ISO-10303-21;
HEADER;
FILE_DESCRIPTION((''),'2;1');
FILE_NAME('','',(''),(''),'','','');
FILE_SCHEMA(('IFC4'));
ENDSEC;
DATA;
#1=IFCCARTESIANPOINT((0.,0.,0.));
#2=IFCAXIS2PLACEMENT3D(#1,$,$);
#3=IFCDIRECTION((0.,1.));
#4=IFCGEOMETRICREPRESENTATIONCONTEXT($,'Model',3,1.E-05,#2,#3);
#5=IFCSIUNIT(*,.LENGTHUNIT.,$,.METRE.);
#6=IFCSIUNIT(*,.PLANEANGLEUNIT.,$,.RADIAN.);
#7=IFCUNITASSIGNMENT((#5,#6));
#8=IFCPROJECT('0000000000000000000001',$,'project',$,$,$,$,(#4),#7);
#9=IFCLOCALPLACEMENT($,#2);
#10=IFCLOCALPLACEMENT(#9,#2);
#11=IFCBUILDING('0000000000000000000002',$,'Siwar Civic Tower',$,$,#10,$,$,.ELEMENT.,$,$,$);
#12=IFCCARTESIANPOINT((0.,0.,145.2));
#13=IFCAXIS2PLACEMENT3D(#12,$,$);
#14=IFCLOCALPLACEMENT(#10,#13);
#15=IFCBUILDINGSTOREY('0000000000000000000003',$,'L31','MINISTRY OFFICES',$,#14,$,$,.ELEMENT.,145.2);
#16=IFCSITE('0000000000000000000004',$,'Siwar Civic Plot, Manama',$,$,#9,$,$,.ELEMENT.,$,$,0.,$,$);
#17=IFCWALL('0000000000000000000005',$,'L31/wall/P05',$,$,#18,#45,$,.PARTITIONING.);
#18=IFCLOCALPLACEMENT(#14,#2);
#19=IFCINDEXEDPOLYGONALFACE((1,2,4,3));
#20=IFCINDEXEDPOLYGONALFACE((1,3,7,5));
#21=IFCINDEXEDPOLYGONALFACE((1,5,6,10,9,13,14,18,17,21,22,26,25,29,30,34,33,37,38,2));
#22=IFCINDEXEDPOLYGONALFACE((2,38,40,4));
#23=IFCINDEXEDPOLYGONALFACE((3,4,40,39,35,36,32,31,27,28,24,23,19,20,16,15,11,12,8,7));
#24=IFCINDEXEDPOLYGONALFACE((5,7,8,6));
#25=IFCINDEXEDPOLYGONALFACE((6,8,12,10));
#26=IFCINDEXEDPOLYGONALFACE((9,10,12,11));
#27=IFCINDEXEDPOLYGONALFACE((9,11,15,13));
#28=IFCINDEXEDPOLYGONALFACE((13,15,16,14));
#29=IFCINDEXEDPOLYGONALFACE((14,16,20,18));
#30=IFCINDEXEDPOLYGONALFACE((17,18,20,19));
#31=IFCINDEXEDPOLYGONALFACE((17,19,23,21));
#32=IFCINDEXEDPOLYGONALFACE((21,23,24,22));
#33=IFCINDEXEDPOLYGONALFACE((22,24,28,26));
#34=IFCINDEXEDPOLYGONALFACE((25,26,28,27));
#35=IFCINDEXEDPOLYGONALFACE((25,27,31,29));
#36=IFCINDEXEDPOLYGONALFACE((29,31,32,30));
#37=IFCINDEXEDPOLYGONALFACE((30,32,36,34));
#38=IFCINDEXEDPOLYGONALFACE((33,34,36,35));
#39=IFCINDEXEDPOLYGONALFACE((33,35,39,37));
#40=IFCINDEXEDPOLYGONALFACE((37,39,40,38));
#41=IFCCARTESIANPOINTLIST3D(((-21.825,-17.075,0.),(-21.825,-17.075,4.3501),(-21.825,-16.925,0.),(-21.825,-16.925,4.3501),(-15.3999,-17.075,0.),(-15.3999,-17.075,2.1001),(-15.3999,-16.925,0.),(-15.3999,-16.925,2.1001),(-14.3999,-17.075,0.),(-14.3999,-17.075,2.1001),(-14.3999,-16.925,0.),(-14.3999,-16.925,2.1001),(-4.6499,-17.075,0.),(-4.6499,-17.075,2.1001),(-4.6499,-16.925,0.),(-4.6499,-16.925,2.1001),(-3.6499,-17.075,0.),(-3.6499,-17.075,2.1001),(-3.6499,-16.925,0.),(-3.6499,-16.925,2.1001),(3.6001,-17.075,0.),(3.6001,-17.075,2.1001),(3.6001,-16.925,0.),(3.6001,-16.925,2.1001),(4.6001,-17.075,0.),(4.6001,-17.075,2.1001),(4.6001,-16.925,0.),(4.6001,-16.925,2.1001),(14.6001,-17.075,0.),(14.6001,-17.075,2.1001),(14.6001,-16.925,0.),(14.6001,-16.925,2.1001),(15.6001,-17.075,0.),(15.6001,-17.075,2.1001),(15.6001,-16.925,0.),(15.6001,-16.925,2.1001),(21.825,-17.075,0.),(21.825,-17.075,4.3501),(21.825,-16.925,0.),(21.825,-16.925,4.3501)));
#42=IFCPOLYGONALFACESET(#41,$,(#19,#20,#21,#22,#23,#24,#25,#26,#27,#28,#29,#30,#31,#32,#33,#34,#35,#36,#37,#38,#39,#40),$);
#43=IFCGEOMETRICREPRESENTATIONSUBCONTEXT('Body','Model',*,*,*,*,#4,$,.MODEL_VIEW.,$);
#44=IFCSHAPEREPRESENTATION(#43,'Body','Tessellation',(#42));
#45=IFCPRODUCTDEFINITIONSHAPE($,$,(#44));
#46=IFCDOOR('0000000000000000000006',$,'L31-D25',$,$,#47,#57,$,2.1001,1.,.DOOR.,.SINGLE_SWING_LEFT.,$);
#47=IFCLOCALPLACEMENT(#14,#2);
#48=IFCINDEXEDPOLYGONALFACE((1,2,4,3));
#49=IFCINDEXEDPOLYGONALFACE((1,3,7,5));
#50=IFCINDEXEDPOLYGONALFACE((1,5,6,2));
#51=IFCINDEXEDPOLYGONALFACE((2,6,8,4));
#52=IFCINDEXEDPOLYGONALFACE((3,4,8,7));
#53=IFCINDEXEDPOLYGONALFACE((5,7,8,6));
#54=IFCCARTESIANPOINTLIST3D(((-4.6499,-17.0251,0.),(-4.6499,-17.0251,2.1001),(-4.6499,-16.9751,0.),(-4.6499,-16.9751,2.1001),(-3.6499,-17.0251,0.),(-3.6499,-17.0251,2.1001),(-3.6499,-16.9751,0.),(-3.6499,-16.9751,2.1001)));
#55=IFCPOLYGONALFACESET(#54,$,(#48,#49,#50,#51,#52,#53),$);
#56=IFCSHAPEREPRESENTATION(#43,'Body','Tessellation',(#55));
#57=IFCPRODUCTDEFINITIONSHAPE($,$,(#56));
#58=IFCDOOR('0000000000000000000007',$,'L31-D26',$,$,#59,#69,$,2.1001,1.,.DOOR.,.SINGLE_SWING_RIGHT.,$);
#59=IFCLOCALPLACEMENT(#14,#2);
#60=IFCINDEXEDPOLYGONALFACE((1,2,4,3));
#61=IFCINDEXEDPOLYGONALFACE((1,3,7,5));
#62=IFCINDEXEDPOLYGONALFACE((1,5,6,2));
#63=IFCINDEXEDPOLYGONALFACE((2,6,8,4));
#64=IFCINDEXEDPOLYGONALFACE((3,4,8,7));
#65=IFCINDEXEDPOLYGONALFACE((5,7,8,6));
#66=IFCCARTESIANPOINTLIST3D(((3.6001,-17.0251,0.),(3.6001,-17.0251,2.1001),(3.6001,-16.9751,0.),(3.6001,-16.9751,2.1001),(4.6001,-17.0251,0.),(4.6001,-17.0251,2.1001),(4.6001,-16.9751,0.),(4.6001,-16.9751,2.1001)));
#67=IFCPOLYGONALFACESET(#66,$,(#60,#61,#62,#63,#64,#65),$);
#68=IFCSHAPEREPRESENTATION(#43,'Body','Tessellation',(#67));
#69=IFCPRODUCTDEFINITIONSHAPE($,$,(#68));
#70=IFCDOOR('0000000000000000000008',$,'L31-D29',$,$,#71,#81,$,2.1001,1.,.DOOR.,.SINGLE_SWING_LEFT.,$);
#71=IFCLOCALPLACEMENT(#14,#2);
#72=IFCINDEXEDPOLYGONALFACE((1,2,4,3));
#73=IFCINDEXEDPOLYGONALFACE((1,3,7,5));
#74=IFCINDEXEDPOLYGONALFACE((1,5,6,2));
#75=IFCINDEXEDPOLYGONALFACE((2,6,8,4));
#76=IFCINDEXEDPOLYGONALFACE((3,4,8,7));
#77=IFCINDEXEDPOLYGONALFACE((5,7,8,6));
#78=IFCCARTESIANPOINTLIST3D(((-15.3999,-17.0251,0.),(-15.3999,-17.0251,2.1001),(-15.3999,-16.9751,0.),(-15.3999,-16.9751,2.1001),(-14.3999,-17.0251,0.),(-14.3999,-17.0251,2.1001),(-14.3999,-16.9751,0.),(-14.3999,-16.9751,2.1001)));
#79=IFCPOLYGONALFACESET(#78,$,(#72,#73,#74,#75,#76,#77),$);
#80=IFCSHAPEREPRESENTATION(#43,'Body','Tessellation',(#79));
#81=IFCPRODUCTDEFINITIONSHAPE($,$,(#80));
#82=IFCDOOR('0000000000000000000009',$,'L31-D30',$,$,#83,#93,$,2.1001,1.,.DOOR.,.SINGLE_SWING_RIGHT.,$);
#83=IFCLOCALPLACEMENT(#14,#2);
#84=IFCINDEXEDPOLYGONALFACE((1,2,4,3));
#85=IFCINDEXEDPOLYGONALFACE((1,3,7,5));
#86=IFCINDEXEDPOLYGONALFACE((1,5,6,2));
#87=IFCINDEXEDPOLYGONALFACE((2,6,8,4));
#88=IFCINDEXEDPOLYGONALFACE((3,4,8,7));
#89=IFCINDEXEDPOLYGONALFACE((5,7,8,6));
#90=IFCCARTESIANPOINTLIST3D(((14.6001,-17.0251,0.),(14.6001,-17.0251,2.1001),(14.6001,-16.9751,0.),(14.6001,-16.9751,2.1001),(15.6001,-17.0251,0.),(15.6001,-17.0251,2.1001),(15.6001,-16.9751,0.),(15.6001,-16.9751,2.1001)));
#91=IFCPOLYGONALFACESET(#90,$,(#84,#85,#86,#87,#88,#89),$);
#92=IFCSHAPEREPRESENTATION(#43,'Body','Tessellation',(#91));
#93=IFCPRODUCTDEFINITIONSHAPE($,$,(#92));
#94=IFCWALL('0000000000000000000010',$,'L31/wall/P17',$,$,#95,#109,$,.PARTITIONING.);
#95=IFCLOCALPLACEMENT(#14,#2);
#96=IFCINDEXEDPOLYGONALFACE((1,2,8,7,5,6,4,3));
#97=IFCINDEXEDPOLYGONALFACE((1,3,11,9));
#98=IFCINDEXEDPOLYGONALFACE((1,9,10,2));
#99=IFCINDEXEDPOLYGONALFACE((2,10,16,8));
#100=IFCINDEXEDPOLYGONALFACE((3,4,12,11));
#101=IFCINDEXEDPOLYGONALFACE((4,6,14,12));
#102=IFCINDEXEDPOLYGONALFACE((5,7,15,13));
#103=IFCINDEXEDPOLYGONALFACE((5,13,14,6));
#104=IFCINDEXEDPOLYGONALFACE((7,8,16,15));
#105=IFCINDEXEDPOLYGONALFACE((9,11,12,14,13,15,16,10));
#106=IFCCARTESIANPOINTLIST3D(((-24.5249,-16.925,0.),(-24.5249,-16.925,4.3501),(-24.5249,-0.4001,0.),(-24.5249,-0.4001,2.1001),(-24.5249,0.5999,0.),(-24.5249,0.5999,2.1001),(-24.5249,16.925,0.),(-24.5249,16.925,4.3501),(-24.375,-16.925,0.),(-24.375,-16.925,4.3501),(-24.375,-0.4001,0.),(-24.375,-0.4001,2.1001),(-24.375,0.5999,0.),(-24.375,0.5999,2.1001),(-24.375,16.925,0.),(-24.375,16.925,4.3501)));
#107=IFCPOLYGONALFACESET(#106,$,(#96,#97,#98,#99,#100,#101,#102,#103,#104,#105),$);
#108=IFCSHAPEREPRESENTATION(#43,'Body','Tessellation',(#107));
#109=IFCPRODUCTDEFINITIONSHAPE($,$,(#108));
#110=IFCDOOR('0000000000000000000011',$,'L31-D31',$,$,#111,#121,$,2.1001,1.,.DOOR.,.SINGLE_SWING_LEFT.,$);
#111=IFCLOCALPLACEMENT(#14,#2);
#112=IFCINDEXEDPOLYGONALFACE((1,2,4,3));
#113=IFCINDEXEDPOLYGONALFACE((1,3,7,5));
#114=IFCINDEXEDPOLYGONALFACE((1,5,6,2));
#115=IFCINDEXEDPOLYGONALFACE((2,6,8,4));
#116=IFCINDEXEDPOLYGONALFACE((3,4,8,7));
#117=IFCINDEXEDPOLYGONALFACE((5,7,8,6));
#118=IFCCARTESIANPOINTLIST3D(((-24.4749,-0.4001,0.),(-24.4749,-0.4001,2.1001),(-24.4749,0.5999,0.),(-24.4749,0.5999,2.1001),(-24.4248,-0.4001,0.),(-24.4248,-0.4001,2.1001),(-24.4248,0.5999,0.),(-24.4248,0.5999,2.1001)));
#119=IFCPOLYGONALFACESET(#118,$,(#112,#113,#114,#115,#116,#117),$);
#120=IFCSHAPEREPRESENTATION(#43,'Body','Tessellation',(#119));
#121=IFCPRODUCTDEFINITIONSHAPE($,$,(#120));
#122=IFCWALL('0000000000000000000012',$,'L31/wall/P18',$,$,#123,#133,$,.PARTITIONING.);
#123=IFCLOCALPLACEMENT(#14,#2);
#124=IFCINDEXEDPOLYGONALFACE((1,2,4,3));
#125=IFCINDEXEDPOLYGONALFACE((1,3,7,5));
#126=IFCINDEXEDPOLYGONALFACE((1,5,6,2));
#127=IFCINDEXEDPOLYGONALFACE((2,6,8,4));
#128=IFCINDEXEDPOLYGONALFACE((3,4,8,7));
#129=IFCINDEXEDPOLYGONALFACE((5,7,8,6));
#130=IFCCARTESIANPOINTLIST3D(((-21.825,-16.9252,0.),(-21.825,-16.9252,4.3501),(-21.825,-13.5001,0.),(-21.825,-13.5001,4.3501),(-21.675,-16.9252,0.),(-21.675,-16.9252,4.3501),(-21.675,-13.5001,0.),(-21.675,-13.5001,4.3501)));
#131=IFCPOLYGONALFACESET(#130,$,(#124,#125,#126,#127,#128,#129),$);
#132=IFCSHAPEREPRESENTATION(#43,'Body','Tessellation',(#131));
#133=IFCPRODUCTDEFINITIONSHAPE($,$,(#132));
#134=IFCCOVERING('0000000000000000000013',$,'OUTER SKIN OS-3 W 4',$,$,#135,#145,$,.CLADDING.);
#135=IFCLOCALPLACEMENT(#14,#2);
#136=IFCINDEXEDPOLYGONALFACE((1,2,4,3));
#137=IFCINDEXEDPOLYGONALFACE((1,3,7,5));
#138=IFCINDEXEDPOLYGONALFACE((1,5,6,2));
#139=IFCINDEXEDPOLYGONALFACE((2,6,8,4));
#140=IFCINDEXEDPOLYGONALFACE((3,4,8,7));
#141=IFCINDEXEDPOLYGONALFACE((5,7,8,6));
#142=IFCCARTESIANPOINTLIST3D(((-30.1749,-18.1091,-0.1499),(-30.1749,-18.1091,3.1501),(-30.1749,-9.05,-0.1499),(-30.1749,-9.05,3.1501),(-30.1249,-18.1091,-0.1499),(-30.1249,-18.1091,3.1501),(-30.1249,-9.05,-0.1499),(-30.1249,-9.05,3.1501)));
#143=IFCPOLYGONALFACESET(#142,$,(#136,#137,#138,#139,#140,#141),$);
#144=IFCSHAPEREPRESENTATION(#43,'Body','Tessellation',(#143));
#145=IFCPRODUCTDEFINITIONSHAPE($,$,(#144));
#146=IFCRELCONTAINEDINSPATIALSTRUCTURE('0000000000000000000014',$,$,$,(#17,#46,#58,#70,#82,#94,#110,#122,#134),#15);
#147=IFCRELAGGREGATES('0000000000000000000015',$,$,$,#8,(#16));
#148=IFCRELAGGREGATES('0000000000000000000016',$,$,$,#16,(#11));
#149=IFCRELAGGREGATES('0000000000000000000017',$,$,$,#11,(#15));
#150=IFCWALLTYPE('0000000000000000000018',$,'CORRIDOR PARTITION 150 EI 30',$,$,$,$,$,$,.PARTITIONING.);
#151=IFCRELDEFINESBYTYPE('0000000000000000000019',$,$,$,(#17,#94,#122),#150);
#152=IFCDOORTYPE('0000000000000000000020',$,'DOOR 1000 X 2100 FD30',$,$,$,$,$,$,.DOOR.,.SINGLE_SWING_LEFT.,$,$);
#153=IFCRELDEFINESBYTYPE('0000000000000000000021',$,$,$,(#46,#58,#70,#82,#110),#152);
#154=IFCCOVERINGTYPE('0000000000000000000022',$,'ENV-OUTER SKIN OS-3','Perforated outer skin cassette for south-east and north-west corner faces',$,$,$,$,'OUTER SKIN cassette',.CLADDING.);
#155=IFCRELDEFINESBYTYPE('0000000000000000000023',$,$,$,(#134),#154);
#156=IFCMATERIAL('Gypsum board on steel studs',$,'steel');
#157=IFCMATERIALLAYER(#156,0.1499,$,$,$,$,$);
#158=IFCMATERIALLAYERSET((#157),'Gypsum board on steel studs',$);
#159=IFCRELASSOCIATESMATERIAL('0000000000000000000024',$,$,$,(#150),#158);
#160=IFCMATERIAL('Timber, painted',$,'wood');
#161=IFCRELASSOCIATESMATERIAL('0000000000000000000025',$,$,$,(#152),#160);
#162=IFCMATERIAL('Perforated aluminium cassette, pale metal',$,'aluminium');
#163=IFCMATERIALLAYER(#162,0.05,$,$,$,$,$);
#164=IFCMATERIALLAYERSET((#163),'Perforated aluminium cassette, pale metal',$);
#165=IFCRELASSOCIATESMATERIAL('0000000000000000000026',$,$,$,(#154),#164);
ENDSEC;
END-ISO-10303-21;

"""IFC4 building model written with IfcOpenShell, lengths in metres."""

from ifc_helpers import new_model, si_unit, direction, frame, frame_2d, origin, origin_2d, place, context, subcontext, project, spatial, rectangle, extrude, material, layer, layer_set, type_object, element, fill, save


model = new_model("IFC4")

# Units and contexts
model_context = context("Model", 3, precision=1e-05, world=origin(), true_north=direction((0.0, 1.0)))
body_context = subcontext(model_context, "Body", "Model", "MODEL_VIEW")
ifc_project = project(units=[si_unit("LENGTHUNIT", "METRE"), si_unit("PLANEANGLEUNIT", "RADIAN")], contexts=[model_context])

# Site, building, storey
site_placement = place(None, origin())
site = spatial("IfcSite", under=ifc_project, at=site_placement, Name="Siwar Civic Plot, Manama", CompositionType="ELEMENT", RefElevation=0.0)
building_placement = place(site_placement, origin())
building = spatial("IfcBuilding", under=site, at=building_placement, Name="Siwar Civic Tower", CompositionType="ELEMENT")
storey_placement = place(building_placement, frame((0.0, 0.0, 145.2)))
storey = spatial("IfcBuildingStorey", under=building, at=storey_placement, Name="L31", Description="MINISTRY OFFICES", CompositionType="ELEMENT", Elevation=145.2)

# Shared definitions
ifc_material_1 = material(Name="Gypsum board on steel studs", Category="steel")
ifc_layer_1 = layer(ifc_material_1, 0.1499)
ifc_layer_set_1 = layer_set([ifc_layer_1], Name="Gypsum board on steel studs")
wall_type_1 = type_object("IfcWallType", Name="CORRIDOR PARTITION 150 EI 30", PredefinedType="PARTITIONING", material=ifc_layer_set_1)

# Wall, openings, doors
wall_1_placement = place(storey_placement, frame((-21.825, -17.0, 0.0), z_axis=(0.0, 0.0, 1.0), x_axis=(1.0, 0.0, 0.0)))
wall_1 = element("IfcWall", 1, at=wall_1_placement, inside=storey, type_object=wall_type_1, Name="L31/wall/P05", PredefinedType="PARTITIONING", context=body_context, shape_type="SweptSolid", body=[
    extrude(rectangle(XDim=43.6499, YDim=0.1499, at=frame_2d((21.825, 0.0))), origin(), (0.0, 0.0, 1.0), 4.3501),
])
opening_1_placement = place(wall_1_placement, frame((17.175, 0.0, 0.0)))
opening_1 = element("IfcOpeningElement", 2, at=opening_1_placement, cuts=wall_1, PredefinedType="OPENING", context=body_context, shape_type="SweptSolid", body=[
    extrude(rectangle(XDim=1.0, YDim=2.1001, at=frame_2d((0.5, 1.05))), frame((0.0, 0.085, 0.0), z_axis=(0.0, -1.0, 0.0), x_axis=(1.0, 0.0, 0.0)), (0.0, 0.0, 1.0), 0.1699),
])
opening_2_placement = place(wall_1_placement, frame((25.425, 0.0, 0.0)))
opening_2 = element("IfcOpeningElement", 3, at=opening_2_placement, cuts=wall_1, PredefinedType="OPENING", context=body_context, shape_type="SweptSolid", body=[
    extrude(rectangle(XDim=1.0, YDim=2.1001, at=frame_2d((0.5, 1.05))), frame((0.0, 0.085, 0.0), z_axis=(0.0, -1.0, 0.0), x_axis=(1.0, 0.0, 0.0)), (0.0, 0.0, 1.0), 0.1699),
])
opening_3_placement = place(wall_1_placement, frame((6.425, 0.0, 0.0)))
opening_3 = element("IfcOpeningElement", 4, at=opening_3_placement, cuts=wall_1, PredefinedType="OPENING", context=body_context, shape_type="SweptSolid", body=[
    extrude(rectangle(XDim=1.0, YDim=2.1001, at=frame_2d((0.5, 1.05))), frame((0.0, 0.085, 0.0), z_axis=(0.0, -1.0, 0.0), x_axis=(1.0, 0.0, 0.0)), (0.0, 0.0, 1.0), 0.1699),
])
opening_4_placement = place(wall_1_placement, frame((36.425, 0.0, 0.0)))
opening_4 = element("IfcOpeningElement", 5, at=opening_4_placement, cuts=wall_1, PredefinedType="OPENING", context=body_context, shape_type="SweptSolid", body=[
    extrude(rectangle(XDim=1.0, YDim=2.1001, at=frame_2d((0.5, 1.05))), frame((0.0, 0.085, 0.0), z_axis=(0.0, -1.0, 0.0), x_axis=(1.0, 0.0, 0.0)), (0.0, 0.0, 1.0), 0.1699),
])
ifc_material_2 = material(Name="Timber, painted", Category="wood")
door_type_1 = type_object("IfcDoorType", Name="DOOR 1000 X 2100 FD30", OperationType="SINGLE_SWING_LEFT", PredefinedType="DOOR", material=ifc_material_2)
door_1_placement = place(opening_1_placement, origin())
door_1 = element("IfcDoor", 6, at=door_1_placement, inside=storey, type_object=door_type_1, Name="L31-D25", OperationType="SINGLE_SWING_LEFT", OverallHeight=2.1001, OverallWidth=1.0, PredefinedType="DOOR", context=body_context, shape_type="SweptSolid", body=[
    extrude(rectangle(XDim=1.0, YDim=2.1001, at=frame_2d((0.5, 1.05))), frame((0.0, 0.0249, 0.0), z_axis=(0.0, -1.0, 0.0), x_axis=(1.0, 0.0, 0.0)), (0.0, 0.0, 1.0), 0.05),
])
fill(opening_1, door_1)
door_2_placement = place(opening_2_placement, origin())
door_2 = element("IfcDoor", 7, at=door_2_placement, inside=storey, type_object=door_type_1, Name="L31-D26", OperationType="SINGLE_SWING_RIGHT", OverallHeight=2.1001, OverallWidth=1.0, PredefinedType="DOOR", context=body_context, shape_type="SweptSolid", body=[
    extrude(rectangle(XDim=1.0, YDim=2.1001, at=frame_2d((0.5, 1.05))), frame((0.0, 0.0249, 0.0), z_axis=(0.0, -1.0, 0.0), x_axis=(1.0, 0.0, 0.0)), (0.0, 0.0, 1.0), 0.05),
])
fill(opening_2, door_2)
door_3_placement = place(opening_3_placement, origin())
door_3 = element("IfcDoor", 8, at=door_3_placement, inside=storey, type_object=door_type_1, Name="L31-D29", OperationType="SINGLE_SWING_LEFT", OverallHeight=2.1001, OverallWidth=1.0, PredefinedType="DOOR", context=body_context, shape_type="SweptSolid", body=[
    extrude(rectangle(XDim=1.0, YDim=2.1001, at=frame_2d((0.5, 1.05))), frame((0.0, 0.0249, 0.0), z_axis=(0.0, -1.0, 0.0), x_axis=(1.0, 0.0, 0.0)), (0.0, 0.0, 1.0), 0.05),
])
fill(opening_3, door_3)
door_4_placement = place(opening_4_placement, origin())
door_4 = element("IfcDoor", 9, at=door_4_placement, inside=storey, type_object=door_type_1, Name="L31-D30", OperationType="SINGLE_SWING_RIGHT", OverallHeight=2.1001, OverallWidth=1.0, PredefinedType="DOOR", context=body_context, shape_type="SweptSolid", body=[
    extrude(rectangle(XDim=1.0, YDim=2.1001, at=frame_2d((0.5, 1.05))), frame((0.0, 0.0249, 0.0), z_axis=(0.0, -1.0, 0.0), x_axis=(1.0, 0.0, 0.0)), (0.0, 0.0, 1.0), 0.05),
])
fill(opening_4, door_4)

# Wall, opening, door
wall_2_placement = place(storey_placement, frame((-24.45, -16.925, 0.0), z_axis=(0.0, 0.0, 1.0), x_axis=(0.0, 1.0, 0.0)))
wall_2 = element("IfcWall", 10, at=wall_2_placement, inside=storey, type_object=wall_type_1, Name="L31/wall/P17", PredefinedType="PARTITIONING", context=body_context, shape_type="SweptSolid", body=[
    extrude(rectangle(XDim=33.8501, YDim=0.1499, at=frame_2d((16.925, 0.0))), origin(), (0.0, 0.0, 1.0), 4.3501),
])
opening_5_placement = place(wall_2_placement, frame((16.5249, 0.0, 0.0)))
opening_5 = element("IfcOpeningElement", 11, at=opening_5_placement, cuts=wall_2, PredefinedType="OPENING", context=body_context, shape_type="SweptSolid", body=[
    extrude(rectangle(XDim=1.0, YDim=2.1001, at=frame_2d((0.5, 1.05))), frame((0.0, 0.085, 0.0), z_axis=(0.0, -1.0, 0.0), x_axis=(1.0, 0.0, 0.0)), (0.0, 0.0, 1.0), 0.1699),
])
door_5_placement = place(opening_5_placement, origin())
door_5 = element("IfcDoor", 12, at=door_5_placement, inside=storey, type_object=door_type_1, Name="L31-D31", OperationType="SINGLE_SWING_LEFT", OverallHeight=2.1001, OverallWidth=1.0, PredefinedType="DOOR", context=body_context, shape_type="SweptSolid", body=[
    extrude(rectangle(XDim=1.0, YDim=2.1001, at=frame_2d((0.5, 1.05))), frame((0.0, 0.0249, 0.0), z_axis=(0.0, -1.0, 0.0), x_axis=(1.0, 0.0, 0.0)), (0.0, 0.0, 1.0), 0.05),
])
fill(opening_5, door_5)

# Wall
wall_3_placement = place(storey_placement, frame((-21.75, -16.925, 0.0), z_axis=(0.0, 0.0, 1.0), x_axis=(0.0, 1.0, 0.0)))
element("IfcWall", 13, at=wall_3_placement, inside=storey, type_object=wall_type_1, Name="L31/wall/P18", PredefinedType="PARTITIONING", context=body_context, shape_type="SweptSolid", body=[
    extrude(rectangle(XDim=3.425, YDim=0.1499, at=frame_2d((1.7124, 0.0))), origin(), (0.0, 0.0, 1.0), 4.3501),
])

# Covering
ifc_material_3 = material(Name="Perforated aluminium cassette, pale metal", Category="aluminium")
ifc_layer_2 = layer(ifc_material_3, 0.05)
ifc_layer_set_2 = layer_set([ifc_layer_2], Name="Perforated aluminium cassette, pale metal")
covering_type = type_object("IfcCoveringType", Name="ENV-OUTER SKIN OS-3", Description="Perforated outer skin cassette for south-east and north-west corner faces", ElementType="OUTER SKIN cassette", PredefinedType="CLADDING", material=ifc_layer_set_2)
covering_placement = place(storey_placement, frame((-30.1499, -13.5796, -0.1499), z_axis=(0.0, 0.0, 1.0), x_axis=(0.0, -1.0, 0.0)))
element("IfcCovering", 14, at=covering_placement, inside=storey, type_object=covering_type, Name="OUTER SKIN OS-3 W 4", PredefinedType="CLADDING", context=body_context, shape_type="SweptSolid", body=[
    extrude(rectangle(XDim=9.0591, YDim=0.05, at=origin_2d()), origin(), (0.0, 0.0, 1.0), 3.3),
])

save(model, "model.ifc")
